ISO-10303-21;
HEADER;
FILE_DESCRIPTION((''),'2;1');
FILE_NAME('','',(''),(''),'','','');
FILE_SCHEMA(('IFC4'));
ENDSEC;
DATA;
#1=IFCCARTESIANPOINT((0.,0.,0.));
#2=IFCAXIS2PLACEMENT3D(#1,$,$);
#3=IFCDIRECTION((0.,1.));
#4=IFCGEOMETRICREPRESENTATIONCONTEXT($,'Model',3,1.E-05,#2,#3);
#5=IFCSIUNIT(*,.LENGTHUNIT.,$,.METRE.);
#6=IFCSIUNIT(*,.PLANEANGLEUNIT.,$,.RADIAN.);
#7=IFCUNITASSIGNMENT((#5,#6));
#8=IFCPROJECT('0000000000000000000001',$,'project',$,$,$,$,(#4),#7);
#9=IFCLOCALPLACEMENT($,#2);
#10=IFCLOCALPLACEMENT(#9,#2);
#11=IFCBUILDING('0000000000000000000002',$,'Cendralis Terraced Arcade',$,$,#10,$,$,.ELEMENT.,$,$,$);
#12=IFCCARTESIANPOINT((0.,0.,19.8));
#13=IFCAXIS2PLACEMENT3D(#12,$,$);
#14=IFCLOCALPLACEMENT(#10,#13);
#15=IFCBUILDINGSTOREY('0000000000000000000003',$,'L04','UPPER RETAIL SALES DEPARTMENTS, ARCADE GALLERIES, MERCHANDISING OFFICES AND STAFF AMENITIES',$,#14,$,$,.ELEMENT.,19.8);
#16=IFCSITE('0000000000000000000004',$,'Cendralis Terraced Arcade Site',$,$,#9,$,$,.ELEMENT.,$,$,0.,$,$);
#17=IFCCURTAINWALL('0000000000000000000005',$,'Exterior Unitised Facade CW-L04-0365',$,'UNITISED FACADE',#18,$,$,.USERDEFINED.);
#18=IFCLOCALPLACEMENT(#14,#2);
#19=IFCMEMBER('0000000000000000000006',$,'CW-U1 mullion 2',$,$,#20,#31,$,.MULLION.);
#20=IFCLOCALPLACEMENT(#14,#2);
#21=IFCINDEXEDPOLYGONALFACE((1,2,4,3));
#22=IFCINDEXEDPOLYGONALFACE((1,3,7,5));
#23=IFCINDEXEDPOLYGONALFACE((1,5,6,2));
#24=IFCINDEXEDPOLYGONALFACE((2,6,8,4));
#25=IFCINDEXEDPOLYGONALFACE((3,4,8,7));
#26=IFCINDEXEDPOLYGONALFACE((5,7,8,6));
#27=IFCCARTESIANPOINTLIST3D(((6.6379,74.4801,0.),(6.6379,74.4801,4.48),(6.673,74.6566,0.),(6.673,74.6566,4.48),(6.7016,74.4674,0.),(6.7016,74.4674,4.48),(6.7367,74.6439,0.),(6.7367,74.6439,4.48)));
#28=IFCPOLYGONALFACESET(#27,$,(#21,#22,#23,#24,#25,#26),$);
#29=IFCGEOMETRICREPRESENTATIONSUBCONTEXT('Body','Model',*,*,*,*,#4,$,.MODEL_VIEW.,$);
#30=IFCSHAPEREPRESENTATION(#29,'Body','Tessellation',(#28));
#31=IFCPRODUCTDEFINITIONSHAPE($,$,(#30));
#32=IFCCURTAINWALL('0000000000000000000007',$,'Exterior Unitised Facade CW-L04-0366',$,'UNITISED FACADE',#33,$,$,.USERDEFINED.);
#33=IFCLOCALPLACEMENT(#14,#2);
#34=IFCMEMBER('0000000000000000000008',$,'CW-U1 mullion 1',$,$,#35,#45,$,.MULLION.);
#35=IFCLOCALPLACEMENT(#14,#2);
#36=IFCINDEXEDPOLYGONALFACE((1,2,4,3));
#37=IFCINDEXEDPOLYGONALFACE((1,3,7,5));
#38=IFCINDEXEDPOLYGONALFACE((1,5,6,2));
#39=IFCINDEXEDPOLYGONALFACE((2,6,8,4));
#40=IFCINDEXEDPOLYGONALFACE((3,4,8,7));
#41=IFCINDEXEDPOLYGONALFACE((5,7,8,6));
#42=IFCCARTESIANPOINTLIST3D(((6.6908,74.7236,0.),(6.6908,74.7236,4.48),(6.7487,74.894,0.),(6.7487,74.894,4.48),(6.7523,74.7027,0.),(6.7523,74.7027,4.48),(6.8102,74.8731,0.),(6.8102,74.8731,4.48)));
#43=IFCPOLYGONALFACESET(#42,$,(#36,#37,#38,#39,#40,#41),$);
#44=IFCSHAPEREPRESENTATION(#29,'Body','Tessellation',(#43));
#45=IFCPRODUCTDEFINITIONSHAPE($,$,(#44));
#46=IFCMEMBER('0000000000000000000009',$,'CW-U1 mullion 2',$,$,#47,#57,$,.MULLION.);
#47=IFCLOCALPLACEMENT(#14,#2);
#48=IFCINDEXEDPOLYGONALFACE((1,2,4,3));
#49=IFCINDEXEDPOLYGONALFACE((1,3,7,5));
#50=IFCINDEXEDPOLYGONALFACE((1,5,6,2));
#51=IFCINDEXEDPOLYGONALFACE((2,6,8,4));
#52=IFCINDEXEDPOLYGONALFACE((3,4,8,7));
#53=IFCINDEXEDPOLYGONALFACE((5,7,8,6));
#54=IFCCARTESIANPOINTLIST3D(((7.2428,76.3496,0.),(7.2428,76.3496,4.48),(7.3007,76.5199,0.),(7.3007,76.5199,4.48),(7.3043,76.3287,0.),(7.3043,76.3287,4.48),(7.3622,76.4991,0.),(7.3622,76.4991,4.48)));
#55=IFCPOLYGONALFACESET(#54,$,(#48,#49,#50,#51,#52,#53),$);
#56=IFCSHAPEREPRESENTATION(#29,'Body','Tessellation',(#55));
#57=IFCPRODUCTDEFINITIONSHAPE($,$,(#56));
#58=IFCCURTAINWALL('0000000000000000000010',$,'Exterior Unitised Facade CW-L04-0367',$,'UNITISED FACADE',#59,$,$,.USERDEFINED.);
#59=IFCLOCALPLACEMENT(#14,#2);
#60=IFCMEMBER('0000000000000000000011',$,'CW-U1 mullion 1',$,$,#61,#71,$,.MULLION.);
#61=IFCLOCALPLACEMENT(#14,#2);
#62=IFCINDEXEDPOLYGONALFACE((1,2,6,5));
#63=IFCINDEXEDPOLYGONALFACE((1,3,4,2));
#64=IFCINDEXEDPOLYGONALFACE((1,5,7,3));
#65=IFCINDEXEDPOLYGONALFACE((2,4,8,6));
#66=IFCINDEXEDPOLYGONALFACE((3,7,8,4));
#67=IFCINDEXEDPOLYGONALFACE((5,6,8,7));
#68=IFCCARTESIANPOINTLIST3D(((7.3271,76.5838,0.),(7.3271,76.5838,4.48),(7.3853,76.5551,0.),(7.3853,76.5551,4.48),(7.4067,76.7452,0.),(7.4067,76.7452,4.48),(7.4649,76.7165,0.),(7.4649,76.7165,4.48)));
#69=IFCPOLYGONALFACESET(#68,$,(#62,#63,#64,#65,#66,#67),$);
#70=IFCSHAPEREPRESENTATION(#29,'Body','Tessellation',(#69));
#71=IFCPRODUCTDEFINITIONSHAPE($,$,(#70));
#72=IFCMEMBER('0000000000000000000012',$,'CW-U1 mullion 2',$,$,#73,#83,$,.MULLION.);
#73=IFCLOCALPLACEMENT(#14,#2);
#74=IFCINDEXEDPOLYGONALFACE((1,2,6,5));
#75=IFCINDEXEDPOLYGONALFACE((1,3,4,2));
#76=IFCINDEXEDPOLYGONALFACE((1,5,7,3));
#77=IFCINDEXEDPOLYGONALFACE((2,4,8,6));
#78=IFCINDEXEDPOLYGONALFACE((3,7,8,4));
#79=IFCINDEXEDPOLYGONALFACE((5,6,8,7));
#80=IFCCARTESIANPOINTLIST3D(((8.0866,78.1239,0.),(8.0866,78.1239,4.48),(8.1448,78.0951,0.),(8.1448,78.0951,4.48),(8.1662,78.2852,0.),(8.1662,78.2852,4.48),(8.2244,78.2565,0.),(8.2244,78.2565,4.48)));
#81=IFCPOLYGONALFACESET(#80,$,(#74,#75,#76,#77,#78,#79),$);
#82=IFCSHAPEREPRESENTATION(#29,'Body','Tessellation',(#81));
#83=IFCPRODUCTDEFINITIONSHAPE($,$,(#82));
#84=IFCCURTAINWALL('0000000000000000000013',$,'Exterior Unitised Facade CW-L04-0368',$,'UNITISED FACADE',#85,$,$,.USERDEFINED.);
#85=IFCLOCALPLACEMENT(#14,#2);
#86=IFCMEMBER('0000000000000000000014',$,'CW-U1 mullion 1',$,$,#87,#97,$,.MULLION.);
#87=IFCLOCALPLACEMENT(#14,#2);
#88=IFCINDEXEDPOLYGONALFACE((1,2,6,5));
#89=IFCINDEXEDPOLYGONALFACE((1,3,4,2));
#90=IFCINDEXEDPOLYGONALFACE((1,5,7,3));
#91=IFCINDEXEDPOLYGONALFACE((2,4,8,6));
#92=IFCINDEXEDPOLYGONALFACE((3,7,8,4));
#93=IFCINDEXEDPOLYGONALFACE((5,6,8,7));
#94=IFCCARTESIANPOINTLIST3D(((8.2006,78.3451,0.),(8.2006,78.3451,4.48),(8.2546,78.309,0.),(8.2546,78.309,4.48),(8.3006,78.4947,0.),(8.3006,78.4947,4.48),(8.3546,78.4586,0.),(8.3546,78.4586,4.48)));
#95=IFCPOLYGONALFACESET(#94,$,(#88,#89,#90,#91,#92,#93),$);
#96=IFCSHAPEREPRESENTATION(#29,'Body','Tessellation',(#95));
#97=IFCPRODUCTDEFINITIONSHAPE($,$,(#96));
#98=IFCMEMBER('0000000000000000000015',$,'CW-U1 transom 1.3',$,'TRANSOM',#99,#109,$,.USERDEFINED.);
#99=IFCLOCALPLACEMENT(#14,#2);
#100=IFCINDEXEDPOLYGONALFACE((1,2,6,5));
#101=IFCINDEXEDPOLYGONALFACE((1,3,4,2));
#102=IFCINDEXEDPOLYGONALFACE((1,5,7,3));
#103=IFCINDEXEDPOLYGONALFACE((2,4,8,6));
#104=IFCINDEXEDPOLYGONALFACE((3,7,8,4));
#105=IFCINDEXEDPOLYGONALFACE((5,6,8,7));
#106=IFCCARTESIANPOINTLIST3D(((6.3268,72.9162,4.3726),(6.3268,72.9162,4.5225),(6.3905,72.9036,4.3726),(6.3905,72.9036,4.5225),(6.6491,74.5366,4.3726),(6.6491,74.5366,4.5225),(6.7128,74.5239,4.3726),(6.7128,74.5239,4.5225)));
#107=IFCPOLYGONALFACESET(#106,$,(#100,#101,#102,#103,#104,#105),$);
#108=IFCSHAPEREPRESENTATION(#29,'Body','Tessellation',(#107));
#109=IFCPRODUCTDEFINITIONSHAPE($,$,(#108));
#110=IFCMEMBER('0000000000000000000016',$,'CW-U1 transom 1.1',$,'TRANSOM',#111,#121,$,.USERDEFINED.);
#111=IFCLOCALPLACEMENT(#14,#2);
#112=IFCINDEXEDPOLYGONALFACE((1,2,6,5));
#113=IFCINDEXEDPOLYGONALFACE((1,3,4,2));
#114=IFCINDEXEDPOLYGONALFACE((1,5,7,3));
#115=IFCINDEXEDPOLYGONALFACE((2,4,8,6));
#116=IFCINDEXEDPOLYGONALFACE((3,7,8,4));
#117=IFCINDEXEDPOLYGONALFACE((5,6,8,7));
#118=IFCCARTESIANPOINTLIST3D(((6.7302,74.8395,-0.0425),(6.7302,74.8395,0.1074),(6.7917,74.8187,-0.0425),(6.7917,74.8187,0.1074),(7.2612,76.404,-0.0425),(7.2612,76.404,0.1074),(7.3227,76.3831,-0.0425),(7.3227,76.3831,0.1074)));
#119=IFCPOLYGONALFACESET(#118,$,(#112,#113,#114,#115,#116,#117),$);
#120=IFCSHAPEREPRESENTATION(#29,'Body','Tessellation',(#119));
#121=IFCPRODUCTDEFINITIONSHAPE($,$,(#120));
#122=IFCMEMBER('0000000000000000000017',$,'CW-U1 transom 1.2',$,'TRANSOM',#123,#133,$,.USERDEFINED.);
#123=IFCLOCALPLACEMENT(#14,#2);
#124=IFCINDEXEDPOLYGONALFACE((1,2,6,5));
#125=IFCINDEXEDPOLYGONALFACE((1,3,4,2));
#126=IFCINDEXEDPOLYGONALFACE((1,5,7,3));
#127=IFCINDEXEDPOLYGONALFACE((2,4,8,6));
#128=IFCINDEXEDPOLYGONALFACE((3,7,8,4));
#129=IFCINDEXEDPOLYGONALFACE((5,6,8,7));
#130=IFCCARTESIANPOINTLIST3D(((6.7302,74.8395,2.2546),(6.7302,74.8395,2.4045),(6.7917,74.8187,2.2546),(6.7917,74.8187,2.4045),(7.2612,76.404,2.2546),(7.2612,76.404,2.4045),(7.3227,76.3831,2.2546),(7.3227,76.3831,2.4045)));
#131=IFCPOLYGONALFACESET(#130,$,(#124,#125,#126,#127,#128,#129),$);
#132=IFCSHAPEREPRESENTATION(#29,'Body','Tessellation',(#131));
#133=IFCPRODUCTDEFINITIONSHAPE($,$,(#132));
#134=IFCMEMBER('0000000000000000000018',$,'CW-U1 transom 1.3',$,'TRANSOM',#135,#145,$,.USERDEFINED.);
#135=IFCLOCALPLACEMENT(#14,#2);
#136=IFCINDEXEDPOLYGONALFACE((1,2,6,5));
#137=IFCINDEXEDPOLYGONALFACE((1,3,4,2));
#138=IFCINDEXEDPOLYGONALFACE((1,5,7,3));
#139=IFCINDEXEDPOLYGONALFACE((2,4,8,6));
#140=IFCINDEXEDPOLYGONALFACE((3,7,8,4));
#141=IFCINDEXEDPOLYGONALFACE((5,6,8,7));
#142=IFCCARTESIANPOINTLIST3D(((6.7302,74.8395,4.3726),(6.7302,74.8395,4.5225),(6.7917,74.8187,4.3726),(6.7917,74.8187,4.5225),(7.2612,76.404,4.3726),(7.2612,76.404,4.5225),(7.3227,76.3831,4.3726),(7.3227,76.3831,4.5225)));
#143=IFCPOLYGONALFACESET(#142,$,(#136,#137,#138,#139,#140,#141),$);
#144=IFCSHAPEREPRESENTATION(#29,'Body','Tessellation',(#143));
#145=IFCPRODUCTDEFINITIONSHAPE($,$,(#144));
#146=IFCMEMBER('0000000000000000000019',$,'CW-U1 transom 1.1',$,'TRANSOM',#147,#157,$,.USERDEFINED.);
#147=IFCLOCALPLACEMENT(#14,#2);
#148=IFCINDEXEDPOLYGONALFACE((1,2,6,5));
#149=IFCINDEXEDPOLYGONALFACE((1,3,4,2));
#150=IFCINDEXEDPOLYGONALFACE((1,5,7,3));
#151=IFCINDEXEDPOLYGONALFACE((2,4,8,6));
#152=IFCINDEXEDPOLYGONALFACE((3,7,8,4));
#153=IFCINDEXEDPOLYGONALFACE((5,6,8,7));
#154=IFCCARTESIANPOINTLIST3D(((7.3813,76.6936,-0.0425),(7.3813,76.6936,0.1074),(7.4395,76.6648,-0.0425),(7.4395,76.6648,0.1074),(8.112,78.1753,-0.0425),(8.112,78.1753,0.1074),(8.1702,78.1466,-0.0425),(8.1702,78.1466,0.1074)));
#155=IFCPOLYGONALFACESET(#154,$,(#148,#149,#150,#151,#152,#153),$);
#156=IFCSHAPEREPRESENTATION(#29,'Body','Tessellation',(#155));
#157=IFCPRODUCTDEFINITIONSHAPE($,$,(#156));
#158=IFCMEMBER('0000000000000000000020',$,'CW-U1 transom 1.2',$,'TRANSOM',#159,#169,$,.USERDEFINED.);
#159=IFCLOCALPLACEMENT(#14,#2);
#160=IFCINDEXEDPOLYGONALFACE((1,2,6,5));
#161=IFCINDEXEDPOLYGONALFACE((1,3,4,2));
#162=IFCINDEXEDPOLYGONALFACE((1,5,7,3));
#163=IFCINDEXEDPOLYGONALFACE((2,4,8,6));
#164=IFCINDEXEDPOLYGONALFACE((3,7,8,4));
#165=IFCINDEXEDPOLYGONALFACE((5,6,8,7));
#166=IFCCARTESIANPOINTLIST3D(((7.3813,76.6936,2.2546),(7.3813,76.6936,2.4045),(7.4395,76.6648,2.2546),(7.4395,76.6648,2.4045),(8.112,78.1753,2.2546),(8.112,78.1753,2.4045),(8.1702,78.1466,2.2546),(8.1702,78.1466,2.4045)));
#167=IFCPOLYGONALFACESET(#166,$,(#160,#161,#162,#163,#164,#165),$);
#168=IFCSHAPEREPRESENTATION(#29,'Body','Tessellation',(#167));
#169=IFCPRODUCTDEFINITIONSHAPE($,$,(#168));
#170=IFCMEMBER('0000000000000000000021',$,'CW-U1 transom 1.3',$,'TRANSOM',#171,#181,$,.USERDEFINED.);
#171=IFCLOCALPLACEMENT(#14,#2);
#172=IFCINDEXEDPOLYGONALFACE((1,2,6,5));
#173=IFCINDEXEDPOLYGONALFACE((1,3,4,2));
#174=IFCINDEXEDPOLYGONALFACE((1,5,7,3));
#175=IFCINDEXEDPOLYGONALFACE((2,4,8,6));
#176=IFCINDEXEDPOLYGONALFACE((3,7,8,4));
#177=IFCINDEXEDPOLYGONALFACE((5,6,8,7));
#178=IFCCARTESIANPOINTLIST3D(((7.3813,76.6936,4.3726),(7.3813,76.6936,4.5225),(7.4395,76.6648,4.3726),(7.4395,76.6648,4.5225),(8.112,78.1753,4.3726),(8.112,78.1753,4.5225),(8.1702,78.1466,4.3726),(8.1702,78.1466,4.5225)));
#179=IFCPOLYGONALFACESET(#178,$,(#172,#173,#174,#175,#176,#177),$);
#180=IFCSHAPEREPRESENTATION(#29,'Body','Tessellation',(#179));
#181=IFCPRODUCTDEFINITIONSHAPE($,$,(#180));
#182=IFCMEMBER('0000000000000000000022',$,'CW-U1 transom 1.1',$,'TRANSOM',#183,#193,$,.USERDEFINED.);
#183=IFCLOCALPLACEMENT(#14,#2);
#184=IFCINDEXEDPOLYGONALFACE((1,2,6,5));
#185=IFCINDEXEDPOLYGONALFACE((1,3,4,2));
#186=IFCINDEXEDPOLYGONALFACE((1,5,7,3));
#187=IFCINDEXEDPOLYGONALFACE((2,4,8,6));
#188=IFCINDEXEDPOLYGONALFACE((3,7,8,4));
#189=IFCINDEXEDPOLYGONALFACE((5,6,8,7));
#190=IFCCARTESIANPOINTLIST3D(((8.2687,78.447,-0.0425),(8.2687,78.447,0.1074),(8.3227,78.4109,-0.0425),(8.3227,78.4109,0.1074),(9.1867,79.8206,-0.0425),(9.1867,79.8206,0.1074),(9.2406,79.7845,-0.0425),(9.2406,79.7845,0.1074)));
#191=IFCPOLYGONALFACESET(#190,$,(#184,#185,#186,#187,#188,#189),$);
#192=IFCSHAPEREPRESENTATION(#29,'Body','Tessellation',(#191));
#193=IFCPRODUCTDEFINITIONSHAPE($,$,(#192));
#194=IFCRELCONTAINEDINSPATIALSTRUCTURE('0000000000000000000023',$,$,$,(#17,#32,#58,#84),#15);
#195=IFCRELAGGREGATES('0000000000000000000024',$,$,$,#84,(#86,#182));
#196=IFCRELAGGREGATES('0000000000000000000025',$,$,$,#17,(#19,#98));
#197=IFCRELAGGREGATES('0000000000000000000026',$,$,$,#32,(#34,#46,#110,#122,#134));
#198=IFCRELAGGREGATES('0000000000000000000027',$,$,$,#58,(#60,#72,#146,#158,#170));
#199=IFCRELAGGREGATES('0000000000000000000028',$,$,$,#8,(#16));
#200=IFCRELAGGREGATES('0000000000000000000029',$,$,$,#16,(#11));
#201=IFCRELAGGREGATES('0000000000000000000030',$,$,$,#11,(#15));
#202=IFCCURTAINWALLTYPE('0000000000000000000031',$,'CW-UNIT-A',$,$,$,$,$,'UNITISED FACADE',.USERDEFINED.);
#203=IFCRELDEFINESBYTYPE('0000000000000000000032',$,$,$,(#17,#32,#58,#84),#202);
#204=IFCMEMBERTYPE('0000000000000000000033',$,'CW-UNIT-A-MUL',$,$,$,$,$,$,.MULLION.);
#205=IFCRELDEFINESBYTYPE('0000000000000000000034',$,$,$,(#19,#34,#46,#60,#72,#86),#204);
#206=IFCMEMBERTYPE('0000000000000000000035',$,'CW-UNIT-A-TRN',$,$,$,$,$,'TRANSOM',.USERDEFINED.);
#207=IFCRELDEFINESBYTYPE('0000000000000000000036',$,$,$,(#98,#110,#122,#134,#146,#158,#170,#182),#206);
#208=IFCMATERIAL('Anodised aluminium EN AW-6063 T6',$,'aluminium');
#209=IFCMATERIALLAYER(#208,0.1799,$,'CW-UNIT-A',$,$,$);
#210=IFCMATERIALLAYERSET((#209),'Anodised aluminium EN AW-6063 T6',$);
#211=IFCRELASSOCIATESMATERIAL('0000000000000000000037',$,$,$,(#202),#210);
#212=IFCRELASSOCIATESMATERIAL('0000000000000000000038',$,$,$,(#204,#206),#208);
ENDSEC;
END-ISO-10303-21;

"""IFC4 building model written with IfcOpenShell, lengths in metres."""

from ifc_helpers import new_model, si_unit, direction, frame, origin, origin_2d, place, context, subcontext, project, spatial, rectangle, extrude, material, layer, layer_set, material_profile, profile_set, type_object, element, aggregate, save


model = new_model("IFC4")

# Units and contexts
model_context = context("Model", 3, precision=1e-05, world=origin(), true_north=direction((0.0, 1.0)))
body_context = subcontext(model_context, "Body", "Model", "MODEL_VIEW")
ifc_project = project(units=[si_unit("LENGTHUNIT", "METRE"), si_unit("PLANEANGLEUNIT", "RADIAN")], contexts=[model_context])

# Site, building, storey
site_placement = place(None, origin())
site = spatial("IfcSite", under=ifc_project, at=site_placement, Name="Cendralis Terraced Arcade Site", CompositionType="ELEMENT", RefElevation=0.0)
building_placement = place(site_placement, origin())
building = spatial("IfcBuilding", under=site, at=building_placement, Name="Cendralis Terraced Arcade", CompositionType="ELEMENT")
storey_placement = place(building_placement, frame((0.0, 0.0, 19.8)))
storey = spatial("IfcBuildingStorey", under=building, at=storey_placement, Name="L04", Description="UPPER RETAIL SALES DEPARTMENTS, ARCADE GALLERIES, MERCHANDISING OFFICES AND STAFF AMENITIES", CompositionType="ELEMENT", Elevation=19.8)

# Curtain wall, member
ifc_material_1 = material(Name="Anodised aluminium EN AW-6063 T6", Category="aluminium")
ifc_layer_1 = layer(ifc_material_1, 0.1799, Name="CW-UNIT-A")
ifc_layer_set_1 = layer_set([ifc_layer_1], Name="Anodised aluminium EN AW-6063 T6")
curtain_wall_type = type_object("IfcCurtainWallType", Name="CW-UNIT-A", ElementType="UNITISED FACADE", PredefinedType="USERDEFINED", material=ifc_layer_set_1)
curtain_wall_1_placement = place(storey_placement, origin())
curtain_wall_1 = element("IfcCurtainWall", 1, at=curtain_wall_1_placement, inside=storey, type_object=curtain_wall_type, Name="Exterior Unitised Facade CW-L04-0365", ObjectType="UNITISED FACADE", PredefinedType="USERDEFINED")
ifc_material_profile_1 = material_profile(ifc_material_1, rectangle(XDim=0.0649, YDim=0.1799, at=origin_2d()), Name="ALU-MUL-65x180")
ifc_profile_set_1 = profile_set([ifc_material_profile_1], Name="Anodised aluminium EN AW-6063 T6")
member_type_1 = type_object("IfcMemberType", Name="CW-UNIT-A-MUL", PredefinedType="MULLION", material=ifc_profile_set_1)
member_1_placement = place(storey_placement, frame((6.6873, 74.562, 0.0), z_axis=(0.0, 0.0, 1.0), x_axis=(-0.980792, 0.195058, 0.0)))
member_1 = element("IfcMember", 2, at=member_1_placement, type_object=member_type_1, Name="CW-U1 mullion 2", PredefinedType="MULLION", context=body_context, shape_type="SweptSolid", body=[
    extrude(rectangle(XDim=0.0649, YDim=0.1799, at=origin_2d()), origin(), (0.0, 0.0, 1.0), 4.48),
])

# Curtain walls, members
curtain_wall_2_placement = place(storey_placement, origin())
curtain_wall_2 = element("IfcCurtainWall", 3, at=curtain_wall_2_placement, inside=storey, type_object=curtain_wall_type, Name="Exterior Unitised Facade CW-L04-0366", ObjectType="UNITISED FACADE", PredefinedType="USERDEFINED")
member_2_placement = place(storey_placement, frame((6.7505, 74.7983, 0.0), z_axis=(0.0, 0.0, 1.0), x_axis=(-0.946924, 0.321458, 0.0)))
member_2 = element("IfcMember", 4, at=member_2_placement, type_object=member_type_1, Name="CW-U1 mullion 1", PredefinedType="MULLION", context=body_context, shape_type="SweptSolid", body=[
    extrude(rectangle(XDim=0.0649, YDim=0.1799, at=origin_2d()), origin(), (0.0, 0.0, 1.0), 4.48),
])
member_3_placement = place(storey_placement, frame((7.3025, 76.4243, 0.0), z_axis=(0.0, 0.0, 1.0), x_axis=(-0.946924, 0.321458, 0.0)))
member_3 = element("IfcMember", 5, at=member_3_placement, type_object=member_type_1, Name="CW-U1 mullion 2", PredefinedType="MULLION", context=body_context, shape_type="SweptSolid", body=[
    extrude(rectangle(XDim=0.0649, YDim=0.1799, at=origin_2d()), origin(), (0.0, 0.0, 1.0), 4.48),
])
curtain_wall_3_placement = place(storey_placement, origin())
curtain_wall_3 = element("IfcCurtainWall", 6, at=curtain_wall_3_placement, inside=storey, type_object=curtain_wall_type, Name="Exterior Unitised Facade CW-L04-0367", ObjectType="UNITISED FACADE", PredefinedType="USERDEFINED")
member_4_placement = place(storey_placement, frame((7.396, 76.6501, 0.0), z_axis=(0.0, 0.0, 1.0), x_axis=(-0.896871, 0.442291, 0.0)))
member_4 = element("IfcMember", 7, at=member_4_placement, type_object=member_type_1, Name="CW-U1 mullion 1", PredefinedType="MULLION", context=body_context, shape_type="SweptSolid", body=[
    extrude(rectangle(XDim=0.0649, YDim=0.1799, at=origin_2d()), origin(), (0.0, 0.0, 1.0), 4.48),
])
member_5_placement = place(storey_placement, frame((8.1555, 78.1902, 0.0), z_axis=(0.0, 0.0, 1.0), x_axis=(-0.896871, 0.442291, 0.0)))
member_5 = element("IfcMember", 8, at=member_5_placement, type_object=member_type_1, Name="CW-U1 mullion 2", PredefinedType="MULLION", context=body_context, shape_type="SweptSolid", body=[
    extrude(rectangle(XDim=0.0649, YDim=0.1799, at=origin_2d()), origin(), (0.0, 0.0, 1.0), 4.48),
])

# Curtain wall, member
curtain_wall_4_placement = place(storey_placement, origin())
curtain_wall_4 = element("IfcCurtainWall", 9, at=curtain_wall_4_placement, inside=storey, type_object=curtain_wall_type, Name="Exterior Unitised Facade CW-L04-0368", ObjectType="UNITISED FACADE", PredefinedType="USERDEFINED")
member_6_placement = place(storey_placement, frame((8.2776, 78.4019, 0.0), z_axis=(0.0, 0.0, 1.0), x_axis=(-0.831471, 0.555567, 0.0)))
member_6 = element("IfcMember", 10, at=member_6_placement, type_object=member_type_1, Name="CW-U1 mullion 1", PredefinedType="MULLION", context=body_context, shape_type="SweptSolid", body=[
    extrude(rectangle(XDim=0.0649, YDim=0.1799, at=origin_2d()), origin(), (0.0, 0.0, 1.0), 4.48),
])

# Members
ifc_material_profile_2 = material_profile(ifc_material_1, rectangle(XDim=0.0649, YDim=0.1499, at=origin_2d()), Name="ALU-TRN-65x150")
ifc_profile_set_2 = profile_set([ifc_material_profile_2], Name="Anodised aluminium EN AW-6063 T6")
member_type_2 = type_object("IfcMemberType", Name="CW-UNIT-A-TRN", ElementType="TRANSOM", PredefinedType="USERDEFINED", material=ifc_profile_set_2)
member_7_placement = place(storey_placement, frame((6.3586, 72.9099, 4.4475), z_axis=(0.195065, 0.98079, 0.0), x_axis=(-0.98079, 0.195065, 0.0)))
member_7 = element("IfcMember", 11, at=member_7_placement, type_object=member_type_2, Name="CW-U1 transom 1.3", ObjectType="TRANSOM", PredefinedType="USERDEFINED", context=body_context, shape_type="SweptSolid", body=[
    extrude(rectangle(XDim=0.0649, YDim=0.1499, at=origin_2d()), origin(), (0.0, 0.0, 1.0), 1.6521),
])
member_8_placement = place(storey_placement, frame((6.761, 74.8291, 0.0325), z_axis=(0.32141, 0.94694, 0.0), x_axis=(-0.94694, 0.32141, 0.0)))
member_8 = element("IfcMember", 12, at=member_8_placement, type_object=member_type_2, Name="CW-U1 transom 1.1", ObjectType="TRANSOM", PredefinedType="USERDEFINED", context=body_context, shape_type="SweptSolid", body=[
    extrude(rectangle(XDim=0.0649, YDim=0.1499, at=origin_2d()), origin(), (0.0, 0.0, 1.0), 1.6521),
])
member_9_placement = place(storey_placement, frame((6.761, 74.8291, 2.3296), z_axis=(0.32141, 0.94694, 0.0), x_axis=(-0.94694, 0.32141, 0.0)))
member_9 = element("IfcMember", 13, at=member_9_placement, type_object=member_type_2, Name="CW-U1 transom 1.2", ObjectType="TRANSOM", PredefinedType="USERDEFINED", context=body_context, shape_type="SweptSolid", body=[
    extrude(rectangle(XDim=0.0649, YDim=0.1499, at=origin_2d()), origin(), (0.0, 0.0, 1.0), 1.6521),
])
member_10_placement = place(storey_placement, frame((6.761, 74.8291, 4.4475), z_axis=(0.32141, 0.94694, 0.0), x_axis=(-0.94694, 0.32141, 0.0)))
member_10 = element("IfcMember", 14, at=member_10_placement, type_object=member_type_2, Name="CW-U1 transom 1.3", ObjectType="TRANSOM", PredefinedType="USERDEFINED", context=body_context, shape_type="SweptSolid", body=[
    extrude(rectangle(XDim=0.0649, YDim=0.1499, at=origin_2d()), origin(), (0.0, 0.0, 1.0), 1.6521),
])
member_11_placement = place(storey_placement, frame((7.4104, 76.6792, 0.0325), z_axis=(0.442301, 0.896867, 0.0), x_axis=(-0.896867, 0.442301, 0.0)))
member_11 = element("IfcMember", 15, at=member_11_placement, type_object=member_type_2, Name="CW-U1 transom 1.1", ObjectType="TRANSOM", PredefinedType="USERDEFINED", context=body_context, shape_type="SweptSolid", body=[
    extrude(rectangle(XDim=0.0649, YDim=0.1499, at=origin_2d()), origin(), (0.0, 0.0, 1.0), 1.6521),
])
member_12_placement = place(storey_placement, frame((7.4104, 76.6792, 2.3296), z_axis=(0.442301, 0.896867, 0.0), x_axis=(-0.896867, 0.442301, 0.0)))
member_12 = element("IfcMember", 16, at=member_12_placement, type_object=member_type_2, Name="CW-U1 transom 1.2", ObjectType="TRANSOM", PredefinedType="USERDEFINED", context=body_context, shape_type="SweptSolid", body=[
    extrude(rectangle(XDim=0.0649, YDim=0.1499, at=origin_2d()), origin(), (0.0, 0.0, 1.0), 1.6521),
])
member_13_placement = place(storey_placement, frame((7.4104, 76.6792, 4.4475), z_axis=(0.442301, 0.896867, 0.0), x_axis=(-0.896867, 0.442301, 0.0)))
member_13 = element("IfcMember", 17, at=member_13_placement, type_object=member_type_2, Name="CW-U1 transom 1.3", ObjectType="TRANSOM", PredefinedType="USERDEFINED", context=body_context, shape_type="SweptSolid", body=[
    extrude(rectangle(XDim=0.0649, YDim=0.1499, at=origin_2d()), origin(), (0.0, 0.0, 1.0), 1.6521),
])
member_14_placement = place(storey_placement, frame((8.2957, 78.429, 0.0325), z_axis=(0.555655, 0.831413, 0.0), x_axis=(-0.831413, 0.555655, 0.0)))
member_14 = element("IfcMember", 18, at=member_14_placement, type_object=member_type_2, Name="CW-U1 transom 1.1", ObjectType="TRANSOM", PredefinedType="USERDEFINED", context=body_context, shape_type="SweptSolid", body=[
    extrude(rectangle(XDim=0.0649, YDim=0.1499, at=origin_2d()), origin(), (0.0, 0.0, 1.0), 1.6521),
])
aggregate(curtain_wall_4, [member_6, member_14])

aggregate(curtain_wall_1, [member_1, member_7])
aggregate(curtain_wall_2, [member_2, member_3, member_8, member_9, member_10])
aggregate(curtain_wall_3, [member_4, member_5, member_11, member_12, member_13])

save(model, "model.ifc")
